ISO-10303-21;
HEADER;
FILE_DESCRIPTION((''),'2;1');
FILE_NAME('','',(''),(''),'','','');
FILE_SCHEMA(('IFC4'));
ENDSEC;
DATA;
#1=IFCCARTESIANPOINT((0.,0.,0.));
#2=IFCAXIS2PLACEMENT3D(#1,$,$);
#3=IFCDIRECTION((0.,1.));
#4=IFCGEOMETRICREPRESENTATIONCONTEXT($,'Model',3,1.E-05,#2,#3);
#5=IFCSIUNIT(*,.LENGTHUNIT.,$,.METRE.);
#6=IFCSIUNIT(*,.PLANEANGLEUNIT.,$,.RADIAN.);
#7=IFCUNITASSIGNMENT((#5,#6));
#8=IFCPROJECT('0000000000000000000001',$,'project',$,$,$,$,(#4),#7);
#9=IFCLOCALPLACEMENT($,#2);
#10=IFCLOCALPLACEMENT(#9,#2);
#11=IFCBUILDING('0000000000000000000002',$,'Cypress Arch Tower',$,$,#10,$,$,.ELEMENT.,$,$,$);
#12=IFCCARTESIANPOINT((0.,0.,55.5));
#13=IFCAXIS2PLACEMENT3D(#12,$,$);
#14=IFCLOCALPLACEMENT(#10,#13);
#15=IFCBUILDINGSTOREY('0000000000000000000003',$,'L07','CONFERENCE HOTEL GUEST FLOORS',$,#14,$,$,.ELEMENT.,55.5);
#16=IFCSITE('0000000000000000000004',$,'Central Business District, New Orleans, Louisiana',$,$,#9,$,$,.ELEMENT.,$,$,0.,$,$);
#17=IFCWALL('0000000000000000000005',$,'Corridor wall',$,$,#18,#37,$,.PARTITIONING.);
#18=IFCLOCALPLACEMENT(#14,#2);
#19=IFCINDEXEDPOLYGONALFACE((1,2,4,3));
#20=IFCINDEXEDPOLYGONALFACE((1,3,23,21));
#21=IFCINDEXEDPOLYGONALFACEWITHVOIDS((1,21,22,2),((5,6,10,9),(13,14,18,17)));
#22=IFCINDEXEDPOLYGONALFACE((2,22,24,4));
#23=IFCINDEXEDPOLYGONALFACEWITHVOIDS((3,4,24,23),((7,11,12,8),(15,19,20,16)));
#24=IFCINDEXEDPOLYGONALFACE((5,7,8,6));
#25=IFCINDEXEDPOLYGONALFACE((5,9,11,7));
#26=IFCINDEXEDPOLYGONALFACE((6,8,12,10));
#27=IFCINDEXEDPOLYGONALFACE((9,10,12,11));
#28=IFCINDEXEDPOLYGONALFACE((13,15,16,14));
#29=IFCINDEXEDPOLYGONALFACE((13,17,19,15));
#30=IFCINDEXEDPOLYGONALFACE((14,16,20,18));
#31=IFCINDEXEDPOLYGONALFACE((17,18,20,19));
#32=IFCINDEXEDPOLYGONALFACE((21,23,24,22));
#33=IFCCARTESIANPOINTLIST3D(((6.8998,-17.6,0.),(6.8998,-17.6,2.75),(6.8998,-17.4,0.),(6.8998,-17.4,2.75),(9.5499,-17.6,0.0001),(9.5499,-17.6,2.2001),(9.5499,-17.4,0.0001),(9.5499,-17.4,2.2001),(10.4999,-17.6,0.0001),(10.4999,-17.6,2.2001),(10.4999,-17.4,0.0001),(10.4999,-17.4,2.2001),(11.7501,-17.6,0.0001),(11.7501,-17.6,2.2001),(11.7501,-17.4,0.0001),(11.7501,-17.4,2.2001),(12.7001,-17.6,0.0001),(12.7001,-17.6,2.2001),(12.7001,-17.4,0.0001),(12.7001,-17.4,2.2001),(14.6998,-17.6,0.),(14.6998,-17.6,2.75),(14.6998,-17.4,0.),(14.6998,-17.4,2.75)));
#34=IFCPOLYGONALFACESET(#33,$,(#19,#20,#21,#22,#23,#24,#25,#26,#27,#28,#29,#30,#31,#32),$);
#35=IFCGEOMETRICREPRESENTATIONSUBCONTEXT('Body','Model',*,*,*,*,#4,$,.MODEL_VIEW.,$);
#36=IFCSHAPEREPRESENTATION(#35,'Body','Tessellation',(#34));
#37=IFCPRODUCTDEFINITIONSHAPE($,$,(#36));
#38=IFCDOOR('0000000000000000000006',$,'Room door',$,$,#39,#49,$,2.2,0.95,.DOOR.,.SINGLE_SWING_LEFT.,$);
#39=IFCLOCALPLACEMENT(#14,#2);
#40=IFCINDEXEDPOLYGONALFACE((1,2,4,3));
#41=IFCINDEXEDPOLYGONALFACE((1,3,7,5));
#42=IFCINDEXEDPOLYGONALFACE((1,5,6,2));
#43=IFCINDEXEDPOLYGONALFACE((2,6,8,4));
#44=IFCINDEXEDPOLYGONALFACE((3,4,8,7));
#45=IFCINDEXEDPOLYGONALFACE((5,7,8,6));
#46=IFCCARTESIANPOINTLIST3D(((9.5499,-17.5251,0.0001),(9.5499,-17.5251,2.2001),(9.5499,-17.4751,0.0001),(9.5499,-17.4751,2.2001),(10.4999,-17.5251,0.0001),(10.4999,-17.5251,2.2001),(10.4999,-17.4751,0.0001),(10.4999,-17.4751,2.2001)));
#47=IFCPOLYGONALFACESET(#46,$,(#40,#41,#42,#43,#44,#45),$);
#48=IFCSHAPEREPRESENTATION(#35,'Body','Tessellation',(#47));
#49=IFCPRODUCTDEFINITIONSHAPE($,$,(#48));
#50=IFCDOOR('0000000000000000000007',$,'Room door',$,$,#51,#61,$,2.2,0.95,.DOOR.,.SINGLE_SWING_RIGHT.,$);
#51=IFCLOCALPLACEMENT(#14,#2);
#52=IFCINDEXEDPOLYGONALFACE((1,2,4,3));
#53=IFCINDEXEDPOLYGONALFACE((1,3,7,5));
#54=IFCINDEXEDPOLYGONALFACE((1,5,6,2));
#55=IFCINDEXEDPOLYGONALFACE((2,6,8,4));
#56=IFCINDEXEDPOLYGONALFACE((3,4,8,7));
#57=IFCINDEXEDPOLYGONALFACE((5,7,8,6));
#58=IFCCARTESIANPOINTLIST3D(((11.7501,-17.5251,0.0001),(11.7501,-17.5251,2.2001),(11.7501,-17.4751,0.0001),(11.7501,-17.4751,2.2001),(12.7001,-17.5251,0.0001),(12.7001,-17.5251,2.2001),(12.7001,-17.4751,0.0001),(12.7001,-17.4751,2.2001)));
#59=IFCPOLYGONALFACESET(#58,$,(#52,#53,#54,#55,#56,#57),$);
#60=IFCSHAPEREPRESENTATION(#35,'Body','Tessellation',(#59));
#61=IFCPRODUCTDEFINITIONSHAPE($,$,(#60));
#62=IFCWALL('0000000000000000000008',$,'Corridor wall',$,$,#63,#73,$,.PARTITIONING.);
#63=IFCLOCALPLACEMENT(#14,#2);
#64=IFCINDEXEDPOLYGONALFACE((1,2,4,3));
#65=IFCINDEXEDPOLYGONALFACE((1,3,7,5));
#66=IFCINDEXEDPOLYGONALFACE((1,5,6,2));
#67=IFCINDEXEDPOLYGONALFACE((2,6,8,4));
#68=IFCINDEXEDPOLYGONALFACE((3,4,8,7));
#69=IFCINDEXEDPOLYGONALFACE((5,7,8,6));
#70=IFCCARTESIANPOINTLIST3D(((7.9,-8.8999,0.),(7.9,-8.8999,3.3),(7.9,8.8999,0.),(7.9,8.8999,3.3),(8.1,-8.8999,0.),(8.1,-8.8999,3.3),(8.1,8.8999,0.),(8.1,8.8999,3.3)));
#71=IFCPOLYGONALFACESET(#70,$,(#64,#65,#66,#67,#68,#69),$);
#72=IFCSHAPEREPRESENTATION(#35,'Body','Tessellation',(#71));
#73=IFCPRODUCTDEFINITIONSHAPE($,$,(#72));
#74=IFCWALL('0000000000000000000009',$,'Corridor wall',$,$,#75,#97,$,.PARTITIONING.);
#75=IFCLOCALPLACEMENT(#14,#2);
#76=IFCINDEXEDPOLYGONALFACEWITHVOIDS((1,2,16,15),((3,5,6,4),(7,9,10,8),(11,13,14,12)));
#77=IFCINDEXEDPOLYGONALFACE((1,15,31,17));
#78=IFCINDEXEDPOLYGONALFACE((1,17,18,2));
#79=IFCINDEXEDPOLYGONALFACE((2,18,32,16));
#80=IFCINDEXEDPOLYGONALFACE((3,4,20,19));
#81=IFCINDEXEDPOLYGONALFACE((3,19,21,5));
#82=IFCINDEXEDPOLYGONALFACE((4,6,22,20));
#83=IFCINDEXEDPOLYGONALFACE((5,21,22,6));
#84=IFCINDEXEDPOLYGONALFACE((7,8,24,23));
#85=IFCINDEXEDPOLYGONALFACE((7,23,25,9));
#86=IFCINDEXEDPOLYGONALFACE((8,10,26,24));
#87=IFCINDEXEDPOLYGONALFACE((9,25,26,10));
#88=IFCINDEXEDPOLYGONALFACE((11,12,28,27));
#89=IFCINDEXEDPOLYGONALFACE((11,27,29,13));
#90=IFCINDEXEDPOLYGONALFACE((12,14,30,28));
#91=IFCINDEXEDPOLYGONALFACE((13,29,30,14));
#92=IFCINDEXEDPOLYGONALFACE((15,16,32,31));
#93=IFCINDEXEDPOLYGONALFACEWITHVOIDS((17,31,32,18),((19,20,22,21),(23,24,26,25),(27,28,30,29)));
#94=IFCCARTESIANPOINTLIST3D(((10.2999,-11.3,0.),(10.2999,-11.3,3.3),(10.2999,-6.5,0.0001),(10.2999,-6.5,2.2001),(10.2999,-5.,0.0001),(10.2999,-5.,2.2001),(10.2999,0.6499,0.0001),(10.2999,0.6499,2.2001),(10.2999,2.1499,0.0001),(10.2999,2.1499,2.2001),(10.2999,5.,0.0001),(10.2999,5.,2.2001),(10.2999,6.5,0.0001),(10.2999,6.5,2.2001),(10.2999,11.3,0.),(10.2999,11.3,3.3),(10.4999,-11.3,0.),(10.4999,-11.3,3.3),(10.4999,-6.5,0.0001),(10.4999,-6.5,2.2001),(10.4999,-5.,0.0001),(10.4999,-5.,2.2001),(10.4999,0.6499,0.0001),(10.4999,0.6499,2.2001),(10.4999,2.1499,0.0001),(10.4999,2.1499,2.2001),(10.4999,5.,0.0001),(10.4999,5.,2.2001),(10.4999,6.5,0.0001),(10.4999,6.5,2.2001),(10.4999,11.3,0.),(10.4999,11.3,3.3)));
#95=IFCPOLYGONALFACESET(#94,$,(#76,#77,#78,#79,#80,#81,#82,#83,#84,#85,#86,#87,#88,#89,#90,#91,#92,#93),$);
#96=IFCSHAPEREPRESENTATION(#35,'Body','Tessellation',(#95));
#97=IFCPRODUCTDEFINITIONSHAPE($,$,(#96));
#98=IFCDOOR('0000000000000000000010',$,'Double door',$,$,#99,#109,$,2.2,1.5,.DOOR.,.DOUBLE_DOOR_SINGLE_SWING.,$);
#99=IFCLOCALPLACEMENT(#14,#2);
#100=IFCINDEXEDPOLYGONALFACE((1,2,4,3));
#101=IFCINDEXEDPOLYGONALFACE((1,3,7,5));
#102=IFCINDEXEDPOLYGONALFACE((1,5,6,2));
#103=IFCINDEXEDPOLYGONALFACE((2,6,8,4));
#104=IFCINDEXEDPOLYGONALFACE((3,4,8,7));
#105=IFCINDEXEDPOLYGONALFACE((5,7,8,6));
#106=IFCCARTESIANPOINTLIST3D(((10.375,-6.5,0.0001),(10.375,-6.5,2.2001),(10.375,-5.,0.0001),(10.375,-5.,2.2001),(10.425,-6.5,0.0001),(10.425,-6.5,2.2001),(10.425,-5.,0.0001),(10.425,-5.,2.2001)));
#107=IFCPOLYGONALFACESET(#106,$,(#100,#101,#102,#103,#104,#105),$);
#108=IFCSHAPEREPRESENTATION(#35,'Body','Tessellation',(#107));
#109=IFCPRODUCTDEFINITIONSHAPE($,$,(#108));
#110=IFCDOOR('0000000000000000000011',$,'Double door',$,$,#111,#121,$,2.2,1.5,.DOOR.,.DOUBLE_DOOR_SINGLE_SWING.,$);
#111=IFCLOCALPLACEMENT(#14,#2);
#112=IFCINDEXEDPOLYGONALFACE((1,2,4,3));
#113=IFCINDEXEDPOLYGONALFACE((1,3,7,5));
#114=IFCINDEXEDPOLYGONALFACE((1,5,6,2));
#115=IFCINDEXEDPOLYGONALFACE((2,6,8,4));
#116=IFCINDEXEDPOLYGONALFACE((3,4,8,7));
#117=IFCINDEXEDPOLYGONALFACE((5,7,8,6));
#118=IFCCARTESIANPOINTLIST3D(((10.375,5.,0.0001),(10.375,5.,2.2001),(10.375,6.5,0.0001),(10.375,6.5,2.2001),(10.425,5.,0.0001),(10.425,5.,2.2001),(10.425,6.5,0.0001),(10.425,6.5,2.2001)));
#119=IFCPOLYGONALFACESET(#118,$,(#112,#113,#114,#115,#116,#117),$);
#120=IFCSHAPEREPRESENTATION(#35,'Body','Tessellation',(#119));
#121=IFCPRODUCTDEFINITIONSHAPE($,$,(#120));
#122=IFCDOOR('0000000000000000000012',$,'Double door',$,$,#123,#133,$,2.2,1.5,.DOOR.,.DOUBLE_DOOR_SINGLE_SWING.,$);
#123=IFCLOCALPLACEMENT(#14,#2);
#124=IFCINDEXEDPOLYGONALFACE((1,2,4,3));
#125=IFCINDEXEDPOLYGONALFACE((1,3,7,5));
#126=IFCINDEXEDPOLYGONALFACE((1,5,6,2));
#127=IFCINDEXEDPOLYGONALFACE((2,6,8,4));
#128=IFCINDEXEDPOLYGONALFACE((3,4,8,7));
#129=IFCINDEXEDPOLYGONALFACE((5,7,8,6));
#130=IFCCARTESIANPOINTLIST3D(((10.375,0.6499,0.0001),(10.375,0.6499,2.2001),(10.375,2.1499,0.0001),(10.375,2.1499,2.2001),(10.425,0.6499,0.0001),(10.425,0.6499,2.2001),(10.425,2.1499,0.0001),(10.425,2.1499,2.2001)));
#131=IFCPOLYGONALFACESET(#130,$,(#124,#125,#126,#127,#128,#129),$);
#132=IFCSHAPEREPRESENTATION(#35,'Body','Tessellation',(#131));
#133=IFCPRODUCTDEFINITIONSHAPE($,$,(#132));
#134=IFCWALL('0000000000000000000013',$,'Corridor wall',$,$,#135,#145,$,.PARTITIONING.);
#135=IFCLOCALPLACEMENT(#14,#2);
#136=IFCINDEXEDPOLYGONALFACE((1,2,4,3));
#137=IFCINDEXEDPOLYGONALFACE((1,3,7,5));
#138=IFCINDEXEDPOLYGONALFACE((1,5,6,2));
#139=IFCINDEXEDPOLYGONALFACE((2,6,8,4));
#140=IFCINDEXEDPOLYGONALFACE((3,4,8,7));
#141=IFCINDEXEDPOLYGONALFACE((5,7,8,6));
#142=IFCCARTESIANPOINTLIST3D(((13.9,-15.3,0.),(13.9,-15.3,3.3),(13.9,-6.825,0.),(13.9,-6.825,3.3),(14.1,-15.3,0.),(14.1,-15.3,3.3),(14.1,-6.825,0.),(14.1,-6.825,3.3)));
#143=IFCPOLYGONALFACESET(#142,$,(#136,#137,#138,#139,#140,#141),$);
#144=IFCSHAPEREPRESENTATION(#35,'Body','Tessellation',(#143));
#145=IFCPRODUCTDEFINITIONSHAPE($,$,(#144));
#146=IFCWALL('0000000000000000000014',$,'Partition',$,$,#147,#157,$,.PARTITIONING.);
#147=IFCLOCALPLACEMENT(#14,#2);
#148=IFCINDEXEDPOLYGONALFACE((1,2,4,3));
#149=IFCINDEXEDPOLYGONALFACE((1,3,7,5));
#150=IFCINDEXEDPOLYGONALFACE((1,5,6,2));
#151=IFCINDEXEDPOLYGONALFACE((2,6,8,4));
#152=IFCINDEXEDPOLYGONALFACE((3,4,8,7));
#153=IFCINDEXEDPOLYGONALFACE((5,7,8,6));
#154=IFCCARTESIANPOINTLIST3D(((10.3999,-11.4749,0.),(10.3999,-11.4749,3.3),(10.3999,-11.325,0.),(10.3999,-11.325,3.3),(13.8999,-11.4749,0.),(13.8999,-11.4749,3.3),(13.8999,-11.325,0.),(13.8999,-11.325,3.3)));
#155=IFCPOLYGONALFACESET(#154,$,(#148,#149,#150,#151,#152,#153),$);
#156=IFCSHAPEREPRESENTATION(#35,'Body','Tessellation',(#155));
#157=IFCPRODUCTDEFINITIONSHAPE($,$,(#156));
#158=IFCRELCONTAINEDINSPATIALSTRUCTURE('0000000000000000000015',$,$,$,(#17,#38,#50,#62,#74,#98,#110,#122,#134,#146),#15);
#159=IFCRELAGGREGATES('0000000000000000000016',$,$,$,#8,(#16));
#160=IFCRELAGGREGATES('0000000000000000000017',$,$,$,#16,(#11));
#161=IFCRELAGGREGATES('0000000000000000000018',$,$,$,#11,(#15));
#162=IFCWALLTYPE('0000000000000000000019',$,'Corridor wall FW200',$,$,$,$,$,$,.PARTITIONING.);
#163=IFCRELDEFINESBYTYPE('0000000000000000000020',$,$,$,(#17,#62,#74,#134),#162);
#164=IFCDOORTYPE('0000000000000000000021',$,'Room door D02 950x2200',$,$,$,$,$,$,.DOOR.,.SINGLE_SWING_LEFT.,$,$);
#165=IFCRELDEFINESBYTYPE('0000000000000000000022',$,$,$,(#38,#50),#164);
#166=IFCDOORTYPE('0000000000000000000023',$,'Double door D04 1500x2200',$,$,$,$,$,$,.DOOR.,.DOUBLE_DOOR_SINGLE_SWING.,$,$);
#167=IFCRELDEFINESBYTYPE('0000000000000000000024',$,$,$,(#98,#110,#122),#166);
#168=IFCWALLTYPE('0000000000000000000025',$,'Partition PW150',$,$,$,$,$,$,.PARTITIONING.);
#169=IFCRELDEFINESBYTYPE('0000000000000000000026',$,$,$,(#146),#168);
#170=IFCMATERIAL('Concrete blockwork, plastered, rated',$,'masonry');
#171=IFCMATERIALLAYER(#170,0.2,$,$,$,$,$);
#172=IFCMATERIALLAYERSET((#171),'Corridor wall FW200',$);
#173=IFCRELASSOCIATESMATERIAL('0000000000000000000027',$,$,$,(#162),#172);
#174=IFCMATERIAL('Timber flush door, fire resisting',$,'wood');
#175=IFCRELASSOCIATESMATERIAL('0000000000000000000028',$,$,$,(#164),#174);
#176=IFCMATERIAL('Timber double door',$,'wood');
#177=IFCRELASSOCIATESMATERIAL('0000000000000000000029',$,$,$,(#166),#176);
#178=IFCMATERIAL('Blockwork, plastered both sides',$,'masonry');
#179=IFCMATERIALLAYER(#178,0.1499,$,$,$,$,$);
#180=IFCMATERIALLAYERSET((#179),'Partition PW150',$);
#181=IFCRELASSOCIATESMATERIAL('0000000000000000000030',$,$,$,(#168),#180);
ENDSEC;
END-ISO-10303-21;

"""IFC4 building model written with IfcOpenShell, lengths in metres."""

from ifc_helpers import new_model, si_unit, direction, frame, frame_2d, origin, place, context, subcontext, project, spatial, rectangle, extrude, material, layer, layer_set, type_object, element, fill, save


model = new_model("IFC4")

# Units and contexts
model_context = context("Model", 3, precision=1e-05, world=origin(), true_north=direction((0.0, 1.0)))
body_context = subcontext(model_context, "Body", "Model", "MODEL_VIEW")
ifc_project = project(units=[si_unit("LENGTHUNIT", "METRE"), si_unit("PLANEANGLEUNIT", "RADIAN")], contexts=[model_context])

# Site, building, storey
site_placement = place(None, origin())
site = spatial("IfcSite", under=ifc_project, at=site_placement, Name="Central Business District, New Orleans, Louisiana", CompositionType="ELEMENT", RefElevation=0.0)
building_placement = place(site_placement, origin())
building = spatial("IfcBuilding", under=site, at=building_placement, Name="Cypress Arch Tower", CompositionType="ELEMENT")
storey_placement = place(building_placement, frame((0.0, 0.0, 55.5)))
storey = spatial("IfcBuildingStorey", under=building, at=storey_placement, Name="L07", Description="CONFERENCE HOTEL GUEST FLOORS", CompositionType="ELEMENT", Elevation=55.5)

# Wall, openings, doors
ifc_material_1 = material(Name="Concrete blockwork, plastered, rated", Category="masonry")
ifc_layer_1 = layer(ifc_material_1, 0.2)
ifc_layer_set_1 = layer_set([ifc_layer_1], Name="Corridor wall FW200")
wall_type_1 = type_object("IfcWallType", Name="Corridor wall FW200", PredefinedType="PARTITIONING", material=ifc_layer_set_1)
wall_1_placement = place(storey_placement, frame((6.8999, -17.5, 0.0), z_axis=(0.0, 0.0, 1.0), x_axis=(1.0, 0.0, 0.0)))
wall_1 = element("IfcWall", 1, at=wall_1_placement, inside=storey, type_object=wall_type_1, Name="Corridor wall", PredefinedType="PARTITIONING", context=body_context, shape_type="SweptSolid", body=[
    extrude(rectangle(XDim=7.8, YDim=0.2, at=frame_2d((3.8999, 0.0))), origin(), (0.0, 0.0, 1.0), 2.75),
])
opening_1_placement = place(wall_1_placement, frame((2.6499, 0.0, 0.0)))
opening_1 = element("IfcOpeningElement", 2, at=opening_1_placement, cuts=wall_1, PredefinedType="OPENING", context=body_context, shape_type="SweptSolid", body=[
    extrude(rectangle(XDim=0.95, YDim=2.2, at=frame_2d((0.4751, 1.1001))), frame((0.0, 0.1099, 0.0), z_axis=(0.0, -1.0, 0.0), x_axis=(1.0, 0.0, 0.0)), (0.0, 0.0, 1.0), 0.22),
])
opening_2_placement = place(wall_1_placement, frame((4.8501, 0.0, 0.0)))
opening_2 = element("IfcOpeningElement", 3, at=opening_2_placement, cuts=wall_1, PredefinedType="OPENING", context=body_context, shape_type="SweptSolid", body=[
    extrude(rectangle(XDim=0.95, YDim=2.2, at=frame_2d((0.4751, 1.1001))), frame((0.0, 0.1099, 0.0), z_axis=(0.0, -1.0, 0.0), x_axis=(1.0, 0.0, 0.0)), (0.0, 0.0, 1.0), 0.22),
])
ifc_material_2 = material(Name="Timber flush door, fire resisting", Category="wood")
door_type_1 = type_object("IfcDoorType", Name="Room door D02 950x2200", OperationType="SINGLE_SWING_LEFT", PredefinedType="DOOR", material=ifc_material_2)
door_1_placement = place(opening_1_placement, origin())
door_1 = element("IfcDoor", 4, at=door_1_placement, inside=storey, type_object=door_type_1, Name="Room door", OperationType="SINGLE_SWING_LEFT", OverallHeight=2.2, OverallWidth=0.95, PredefinedType="DOOR", context=body_context, shape_type="SweptSolid", body=[
    extrude(rectangle(XDim=0.95, YDim=2.2, at=frame_2d((0.4751, 1.1001))), frame((0.0, 0.0249, 0.0), z_axis=(0.0, -1.0, 0.0), x_axis=(1.0, 0.0, 0.0)), (0.0, 0.0, 1.0), 0.05),
])
fill(opening_1, door_1)
door_2_placement = place(opening_2_placement, origin())
door_2 = element("IfcDoor", 5, at=door_2_placement, inside=storey, type_object=door_type_1, Name="Room door", OperationType="SINGLE_SWING_RIGHT", OverallHeight=2.2, OverallWidth=0.95, PredefinedType="DOOR", context=body_context, shape_type="SweptSolid", body=[
    extrude(rectangle(XDim=0.95, YDim=2.2, at=frame_2d((0.4751, 1.1001))), frame((0.0, 0.0249, 0.0), z_axis=(0.0, -1.0, 0.0), x_axis=(1.0, 0.0, 0.0)), (0.0, 0.0, 1.0), 0.05),
])
fill(opening_2, door_2)

# Wall
wall_2_placement = place(storey_placement, frame((8.0, -8.8999, 0.0), z_axis=(0.0, 0.0, 1.0), x_axis=(0.0, 1.0, 0.0)))
element("IfcWall", 6, at=wall_2_placement, inside=storey, type_object=wall_type_1, Name="Corridor wall", PredefinedType="PARTITIONING", context=body_context, shape_type="SweptSolid", body=[
    extrude(rectangle(XDim=17.7998, YDim=0.2, at=frame_2d((8.8999, 0.0))), origin(), (0.0, 0.0, 1.0), 3.3),
])

# Wall, openings, doors
wall_3_placement = place(storey_placement, frame((10.3999, -11.3, 0.0), z_axis=(0.0, 0.0, 1.0), x_axis=(0.0, 1.0, 0.0)))
wall_3 = element("IfcWall", 7, at=wall_3_placement, inside=storey, type_object=wall_type_1, Name="Corridor wall", PredefinedType="PARTITIONING", context=body_context, shape_type="SweptSolid", body=[
    extrude(rectangle(XDim=22.6001, YDim=0.2, at=frame_2d((11.3, 0.0))), origin(), (0.0, 0.0, 1.0), 3.3),
])
opening_3_placement = place(wall_3_placement, frame((4.8, 0.0, 0.0)))
opening_3 = element("IfcOpeningElement", 8, at=opening_3_placement, cuts=wall_3, PredefinedType="OPENING", context=body_context, shape_type="SweptSolid", body=[
    extrude(rectangle(XDim=1.5, YDim=2.2, at=frame_2d((0.75, 1.1001))), frame((0.0, 0.1099, 0.0), z_axis=(0.0, -1.0, 0.0), x_axis=(1.0, 0.0, 0.0)), (0.0, 0.0, 1.0), 0.22),
])
opening_4_placement = place(wall_3_placement, frame((16.3, 0.0, 0.0)))
opening_4 = element("IfcOpeningElement", 9, at=opening_4_placement, cuts=wall_3, PredefinedType="OPENING", context=body_context, shape_type="SweptSolid", body=[
    extrude(rectangle(XDim=1.5, YDim=2.2, at=frame_2d((0.75, 1.1001))), frame((0.0, 0.1099, 0.0), z_axis=(0.0, -1.0, 0.0), x_axis=(1.0, 0.0, 0.0)), (0.0, 0.0, 1.0), 0.22),
])
opening_5_placement = place(wall_3_placement, frame((11.95, 0.0, 0.0)))
opening_5 = element("IfcOpeningElement", 10, at=opening_5_placement, cuts=wall_3, PredefinedType="OPENING", context=body_context, shape_type="SweptSolid", body=[
    extrude(rectangle(XDim=1.5, YDim=2.2, at=frame_2d((0.75, 1.1001))), frame((0.0, 0.1099, 0.0), z_axis=(0.0, -1.0, 0.0), x_axis=(1.0, 0.0, 0.0)), (0.0, 0.0, 1.0), 0.22),
])
ifc_material_3 = material(Name="Timber double door", Category="wood")
door_type_2 = type_object("IfcDoorType", Name="Double door D04 1500x2200", OperationType="DOUBLE_DOOR_SINGLE_SWING", PredefinedType="DOOR", material=ifc_material_3)
door_3_placement = place(opening_3_placement, origin())
door_3 = element("IfcDoor", 11, at=door_3_placement, inside=storey, type_object=door_type_2, Name="Double door", OperationType="DOUBLE_DOOR_SINGLE_SWING", OverallHeight=2.2, OverallWidth=1.5, PredefinedType="DOOR", context=body_context, shape_type="SweptSolid", body=[
    extrude(rectangle(XDim=1.5, YDim=2.2, at=frame_2d((0.75, 1.1001))), frame((0.0, 0.0249, 0.0), z_axis=(0.0, -1.0, 0.0), x_axis=(1.0, 0.0, 0.0)), (0.0, 0.0, 1.0), 0.05),
])
fill(opening_3, door_3)
door_4_placement = place(opening_4_placement, origin())
door_4 = element("IfcDoor", 12, at=door_4_placement, inside=storey, type_object=door_type_2, Name="Double door", OperationType="DOUBLE_DOOR_SINGLE_SWING", OverallHeight=2.2, OverallWidth=1.5, PredefinedType="DOOR", context=body_context, shape_type="SweptSolid", body=[
    extrude(rectangle(XDim=1.5, YDim=2.2, at=frame_2d((0.75, 1.1001))), frame((0.0, 0.0249, 0.0), z_axis=(0.0, -1.0, 0.0), x_axis=(1.0, 0.0, 0.0)), (0.0, 0.0, 1.0), 0.05),
])
fill(opening_4, door_4)
door_5_placement = place(opening_5_placement, origin())
door_5 = element("IfcDoor", 13, at=door_5_placement, inside=storey, type_object=door_type_2, Name="Double door", OperationType="DOUBLE_DOOR_SINGLE_SWING", OverallHeight=2.2, OverallWidth=1.5, PredefinedType="DOOR", context=body_context, shape_type="SweptSolid", body=[
    extrude(rectangle(XDim=1.5, YDim=2.2, at=frame_2d((0.75, 1.1001))), frame((0.0, 0.0249, 0.0), z_axis=(0.0, -1.0, 0.0), x_axis=(1.0, 0.0, 0.0)), (0.0, 0.0, 1.0), 0.05),
])
fill(opening_5, door_5)

# Walls
wall_4_placement = place(storey_placement, frame((14.0, -15.3, 0.0), z_axis=(0.0, 0.0, 1.0), x_axis=(0.0, 1.0, 0.0)))
element("IfcWall", 14, at=wall_4_placement, inside=storey, type_object=wall_type_1, Name="Corridor wall", PredefinedType="PARTITIONING", context=body_context, shape_type="SweptSolid", body=[
    extrude(rectangle(XDim=8.4751, YDim=0.2, at=frame_2d((4.2375, 0.0))), origin(), (0.0, 0.0, 1.0), 3.3),
])
ifc_material_4 = material(Name="Blockwork, plastered both sides", Category="masonry")
ifc_layer_2 = layer(ifc_material_4, 0.1499)
ifc_layer_set_2 = layer_set([ifc_layer_2], Name="Partition PW150")
wall_type_2 = type_object("IfcWallType", Name="Partition PW150", PredefinedType="PARTITIONING", material=ifc_layer_set_2)
wall_5_placement = place(storey_placement, frame((10.3999, -11.3999, 0.0), z_axis=(0.0, 0.0, 1.0), x_axis=(1.0, 0.0, 0.0)))
element("IfcWall", 15, at=wall_5_placement, inside=storey, type_object=wall_type_2, Name="Partition", PredefinedType="PARTITIONING", context=body_context, shape_type="SweptSolid", body=[
    extrude(rectangle(XDim=3.5, YDim=0.1499, at=frame_2d((1.75, 0.0))), origin(), (0.0, 0.0, 1.0), 3.3),
])

save(model, "model.ifc")
